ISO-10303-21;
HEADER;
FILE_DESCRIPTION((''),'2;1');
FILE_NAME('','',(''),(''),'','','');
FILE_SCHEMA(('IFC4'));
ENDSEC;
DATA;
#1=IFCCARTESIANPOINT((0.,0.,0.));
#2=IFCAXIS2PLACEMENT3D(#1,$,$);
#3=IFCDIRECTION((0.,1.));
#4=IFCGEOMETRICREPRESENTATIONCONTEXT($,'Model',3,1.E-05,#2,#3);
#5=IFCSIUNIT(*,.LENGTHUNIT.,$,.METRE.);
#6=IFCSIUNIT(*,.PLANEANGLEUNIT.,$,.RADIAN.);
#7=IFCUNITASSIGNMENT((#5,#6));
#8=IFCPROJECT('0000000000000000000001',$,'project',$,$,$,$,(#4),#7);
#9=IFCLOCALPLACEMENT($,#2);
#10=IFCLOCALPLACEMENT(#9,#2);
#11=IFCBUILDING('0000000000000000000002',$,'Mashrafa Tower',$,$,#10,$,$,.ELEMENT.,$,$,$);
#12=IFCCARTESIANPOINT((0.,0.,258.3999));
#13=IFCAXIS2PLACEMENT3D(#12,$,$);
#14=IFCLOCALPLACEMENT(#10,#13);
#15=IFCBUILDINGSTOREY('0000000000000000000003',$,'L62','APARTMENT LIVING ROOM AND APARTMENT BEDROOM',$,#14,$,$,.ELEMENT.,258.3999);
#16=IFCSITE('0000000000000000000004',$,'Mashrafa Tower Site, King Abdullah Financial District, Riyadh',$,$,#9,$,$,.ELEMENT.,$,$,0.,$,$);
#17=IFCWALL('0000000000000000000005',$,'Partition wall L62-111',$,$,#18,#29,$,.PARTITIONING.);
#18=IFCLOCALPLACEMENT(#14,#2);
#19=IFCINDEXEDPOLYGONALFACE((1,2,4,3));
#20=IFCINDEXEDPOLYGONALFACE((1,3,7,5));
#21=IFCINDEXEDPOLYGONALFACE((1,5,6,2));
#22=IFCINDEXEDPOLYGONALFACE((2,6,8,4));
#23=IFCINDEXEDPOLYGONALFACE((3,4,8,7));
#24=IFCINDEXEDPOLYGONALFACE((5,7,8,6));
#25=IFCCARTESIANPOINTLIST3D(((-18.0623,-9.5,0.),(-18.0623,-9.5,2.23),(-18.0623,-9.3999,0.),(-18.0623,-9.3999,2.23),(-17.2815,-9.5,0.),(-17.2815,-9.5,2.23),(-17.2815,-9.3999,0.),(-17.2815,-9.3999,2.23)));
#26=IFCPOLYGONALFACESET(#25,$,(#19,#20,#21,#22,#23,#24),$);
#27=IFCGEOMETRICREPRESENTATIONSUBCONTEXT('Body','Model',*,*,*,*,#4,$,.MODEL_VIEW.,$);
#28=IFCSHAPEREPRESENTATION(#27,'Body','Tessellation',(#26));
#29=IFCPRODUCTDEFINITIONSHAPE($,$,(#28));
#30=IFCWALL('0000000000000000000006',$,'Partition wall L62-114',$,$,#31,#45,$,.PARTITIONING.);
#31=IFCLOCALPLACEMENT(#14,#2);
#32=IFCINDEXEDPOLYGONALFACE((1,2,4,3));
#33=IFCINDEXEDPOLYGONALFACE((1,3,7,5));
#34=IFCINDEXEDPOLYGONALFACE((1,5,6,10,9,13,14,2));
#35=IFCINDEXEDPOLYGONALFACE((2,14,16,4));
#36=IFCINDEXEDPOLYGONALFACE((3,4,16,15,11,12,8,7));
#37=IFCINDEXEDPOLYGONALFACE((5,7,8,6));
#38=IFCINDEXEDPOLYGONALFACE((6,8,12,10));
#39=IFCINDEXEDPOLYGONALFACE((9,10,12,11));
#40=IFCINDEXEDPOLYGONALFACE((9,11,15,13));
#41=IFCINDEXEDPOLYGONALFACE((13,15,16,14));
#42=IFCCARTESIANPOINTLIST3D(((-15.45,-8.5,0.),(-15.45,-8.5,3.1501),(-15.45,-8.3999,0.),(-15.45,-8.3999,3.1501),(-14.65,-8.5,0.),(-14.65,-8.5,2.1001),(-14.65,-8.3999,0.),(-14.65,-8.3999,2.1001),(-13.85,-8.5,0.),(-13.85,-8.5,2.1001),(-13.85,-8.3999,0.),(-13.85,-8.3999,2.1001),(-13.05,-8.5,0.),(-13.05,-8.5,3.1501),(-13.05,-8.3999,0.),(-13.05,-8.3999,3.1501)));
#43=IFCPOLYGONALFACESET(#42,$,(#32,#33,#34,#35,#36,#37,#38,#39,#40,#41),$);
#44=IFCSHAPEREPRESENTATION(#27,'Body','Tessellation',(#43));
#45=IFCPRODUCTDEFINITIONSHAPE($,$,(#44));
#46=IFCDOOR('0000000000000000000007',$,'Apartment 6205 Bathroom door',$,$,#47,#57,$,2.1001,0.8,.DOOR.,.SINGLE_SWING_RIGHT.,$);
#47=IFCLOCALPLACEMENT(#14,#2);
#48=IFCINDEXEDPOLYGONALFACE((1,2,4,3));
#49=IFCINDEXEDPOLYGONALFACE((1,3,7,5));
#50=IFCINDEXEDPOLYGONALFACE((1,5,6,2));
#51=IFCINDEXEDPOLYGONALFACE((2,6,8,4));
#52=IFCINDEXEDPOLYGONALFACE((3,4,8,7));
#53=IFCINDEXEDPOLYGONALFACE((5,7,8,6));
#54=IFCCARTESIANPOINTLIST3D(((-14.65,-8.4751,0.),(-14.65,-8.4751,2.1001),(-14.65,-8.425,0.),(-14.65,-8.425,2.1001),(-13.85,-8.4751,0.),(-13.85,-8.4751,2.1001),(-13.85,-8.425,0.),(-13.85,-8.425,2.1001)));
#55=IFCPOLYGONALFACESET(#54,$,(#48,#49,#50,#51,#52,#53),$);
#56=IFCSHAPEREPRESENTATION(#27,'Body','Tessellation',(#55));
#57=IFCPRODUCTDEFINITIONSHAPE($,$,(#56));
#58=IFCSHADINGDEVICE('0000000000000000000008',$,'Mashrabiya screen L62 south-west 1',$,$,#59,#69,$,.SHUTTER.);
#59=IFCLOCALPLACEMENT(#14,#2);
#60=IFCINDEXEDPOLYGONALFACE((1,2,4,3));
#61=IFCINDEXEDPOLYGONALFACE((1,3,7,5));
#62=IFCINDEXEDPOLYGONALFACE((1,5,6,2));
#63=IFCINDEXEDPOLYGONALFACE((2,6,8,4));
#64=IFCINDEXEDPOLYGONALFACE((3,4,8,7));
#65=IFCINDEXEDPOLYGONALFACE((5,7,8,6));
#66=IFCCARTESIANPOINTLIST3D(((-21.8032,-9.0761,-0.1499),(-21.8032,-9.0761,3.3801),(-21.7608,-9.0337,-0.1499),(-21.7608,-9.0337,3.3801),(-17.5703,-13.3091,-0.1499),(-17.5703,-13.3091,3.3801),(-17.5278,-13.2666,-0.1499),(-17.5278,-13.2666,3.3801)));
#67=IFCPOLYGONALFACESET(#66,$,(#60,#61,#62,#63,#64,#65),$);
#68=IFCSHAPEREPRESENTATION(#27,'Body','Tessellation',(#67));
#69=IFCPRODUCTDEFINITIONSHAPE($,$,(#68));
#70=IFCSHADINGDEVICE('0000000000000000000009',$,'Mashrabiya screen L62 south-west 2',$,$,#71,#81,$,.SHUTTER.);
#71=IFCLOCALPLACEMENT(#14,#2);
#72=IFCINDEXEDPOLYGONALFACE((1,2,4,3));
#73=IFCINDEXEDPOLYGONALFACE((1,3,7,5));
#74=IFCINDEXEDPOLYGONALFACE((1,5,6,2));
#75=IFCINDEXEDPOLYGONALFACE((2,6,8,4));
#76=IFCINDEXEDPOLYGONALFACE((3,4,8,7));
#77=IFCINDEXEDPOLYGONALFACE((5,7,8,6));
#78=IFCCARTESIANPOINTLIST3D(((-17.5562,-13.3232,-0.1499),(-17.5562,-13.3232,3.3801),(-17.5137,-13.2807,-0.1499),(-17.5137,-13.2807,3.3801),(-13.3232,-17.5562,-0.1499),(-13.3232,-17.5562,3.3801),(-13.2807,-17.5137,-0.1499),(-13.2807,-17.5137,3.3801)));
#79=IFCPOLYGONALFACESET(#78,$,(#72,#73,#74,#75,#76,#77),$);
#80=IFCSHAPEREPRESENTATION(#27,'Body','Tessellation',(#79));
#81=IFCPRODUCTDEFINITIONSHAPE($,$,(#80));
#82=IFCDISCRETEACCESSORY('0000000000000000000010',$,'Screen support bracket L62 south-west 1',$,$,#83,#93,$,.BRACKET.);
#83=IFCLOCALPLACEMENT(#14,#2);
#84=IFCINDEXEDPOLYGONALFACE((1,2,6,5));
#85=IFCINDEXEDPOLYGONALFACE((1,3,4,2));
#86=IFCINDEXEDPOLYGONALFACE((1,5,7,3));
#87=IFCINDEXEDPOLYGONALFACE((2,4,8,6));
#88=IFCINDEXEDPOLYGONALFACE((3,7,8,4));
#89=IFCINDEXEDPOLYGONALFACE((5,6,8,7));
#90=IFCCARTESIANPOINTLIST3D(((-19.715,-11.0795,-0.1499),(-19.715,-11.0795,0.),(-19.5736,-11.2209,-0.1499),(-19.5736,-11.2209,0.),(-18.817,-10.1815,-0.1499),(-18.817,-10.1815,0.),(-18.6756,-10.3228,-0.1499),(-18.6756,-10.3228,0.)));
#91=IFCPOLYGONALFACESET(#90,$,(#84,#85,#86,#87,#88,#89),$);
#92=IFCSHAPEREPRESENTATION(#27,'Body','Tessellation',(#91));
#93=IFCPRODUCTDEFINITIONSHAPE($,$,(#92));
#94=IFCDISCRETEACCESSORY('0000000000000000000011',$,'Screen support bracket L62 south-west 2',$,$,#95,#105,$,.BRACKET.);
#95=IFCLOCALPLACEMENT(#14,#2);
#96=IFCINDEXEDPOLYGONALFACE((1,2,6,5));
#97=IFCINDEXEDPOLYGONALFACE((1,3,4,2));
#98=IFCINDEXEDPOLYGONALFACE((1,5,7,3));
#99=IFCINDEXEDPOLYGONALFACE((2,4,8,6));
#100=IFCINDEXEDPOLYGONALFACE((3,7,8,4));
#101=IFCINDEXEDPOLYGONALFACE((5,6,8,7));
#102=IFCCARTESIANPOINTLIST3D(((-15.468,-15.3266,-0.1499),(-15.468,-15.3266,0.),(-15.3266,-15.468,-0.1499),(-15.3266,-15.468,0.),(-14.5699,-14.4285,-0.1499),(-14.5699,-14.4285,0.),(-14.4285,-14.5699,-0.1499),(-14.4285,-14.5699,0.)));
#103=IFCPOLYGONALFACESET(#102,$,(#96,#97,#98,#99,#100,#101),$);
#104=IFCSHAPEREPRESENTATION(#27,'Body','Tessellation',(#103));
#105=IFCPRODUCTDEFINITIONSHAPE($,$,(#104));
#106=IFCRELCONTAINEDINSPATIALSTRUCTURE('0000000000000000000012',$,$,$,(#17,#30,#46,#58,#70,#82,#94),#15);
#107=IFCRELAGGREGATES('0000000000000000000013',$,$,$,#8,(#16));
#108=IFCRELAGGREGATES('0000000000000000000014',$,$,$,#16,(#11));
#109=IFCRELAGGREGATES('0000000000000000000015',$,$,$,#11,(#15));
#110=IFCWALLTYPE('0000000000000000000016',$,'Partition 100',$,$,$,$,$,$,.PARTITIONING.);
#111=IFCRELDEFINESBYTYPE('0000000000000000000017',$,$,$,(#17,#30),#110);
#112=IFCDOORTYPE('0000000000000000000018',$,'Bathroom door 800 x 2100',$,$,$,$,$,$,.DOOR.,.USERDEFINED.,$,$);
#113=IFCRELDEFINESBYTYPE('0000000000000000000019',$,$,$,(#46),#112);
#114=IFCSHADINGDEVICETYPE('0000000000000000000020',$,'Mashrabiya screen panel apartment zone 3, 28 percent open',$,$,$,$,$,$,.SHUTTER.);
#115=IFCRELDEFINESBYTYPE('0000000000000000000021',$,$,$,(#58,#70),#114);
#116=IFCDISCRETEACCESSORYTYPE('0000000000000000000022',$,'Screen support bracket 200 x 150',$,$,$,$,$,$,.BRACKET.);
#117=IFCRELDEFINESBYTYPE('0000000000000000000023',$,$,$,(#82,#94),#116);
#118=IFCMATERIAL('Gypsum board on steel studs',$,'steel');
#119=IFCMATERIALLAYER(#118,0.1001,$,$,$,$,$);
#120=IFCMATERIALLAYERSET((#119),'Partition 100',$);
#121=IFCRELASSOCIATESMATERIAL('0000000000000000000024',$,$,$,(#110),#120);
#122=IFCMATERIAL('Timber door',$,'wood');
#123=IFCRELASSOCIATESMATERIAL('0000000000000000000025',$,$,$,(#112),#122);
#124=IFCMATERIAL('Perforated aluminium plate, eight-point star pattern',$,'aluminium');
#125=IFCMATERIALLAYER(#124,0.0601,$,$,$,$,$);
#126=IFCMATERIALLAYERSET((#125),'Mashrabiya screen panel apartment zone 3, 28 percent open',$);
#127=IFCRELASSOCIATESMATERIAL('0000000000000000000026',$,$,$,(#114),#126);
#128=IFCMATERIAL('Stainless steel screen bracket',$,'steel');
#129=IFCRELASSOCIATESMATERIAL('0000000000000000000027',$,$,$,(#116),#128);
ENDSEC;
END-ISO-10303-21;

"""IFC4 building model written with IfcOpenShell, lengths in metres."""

from ifc_helpers import new_model, si_unit, direction, frame, frame_2d, origin, origin_2d, place, context, subcontext, project, spatial, rectangle, extrude, source, transform, mapped, material, layer, layer_set, type_object, type_shapes, element, fill, save


model = new_model("IFC4")

# Units and contexts
model_context = context("Model", 3, precision=1e-05, world=origin(), true_north=direction((0.0, 1.0)))
body_context = subcontext(model_context, "Body", "Model", "MODEL_VIEW")
ifc_project = project(units=[si_unit("LENGTHUNIT", "METRE"), si_unit("PLANEANGLEUNIT", "RADIAN")], contexts=[model_context])

# Site, building, storey
site_placement = place(None, origin())
site = spatial("IfcSite", under=ifc_project, at=site_placement, Name="Mashrafa Tower Site, King Abdullah Financial District, Riyadh", CompositionType="ELEMENT", RefElevation=0.0)
building_placement = place(site_placement, origin())
building = spatial("IfcBuilding", under=site, at=building_placement, Name="Mashrafa Tower", CompositionType="ELEMENT")
storey_placement = place(building_placement, frame((0.0, 0.0, 258.3999)))
storey = spatial("IfcBuildingStorey", under=building, at=storey_placement, Name="L62", Description="APARTMENT LIVING ROOM AND APARTMENT BEDROOM", CompositionType="ELEMENT", Elevation=258.3999)

# Shared definitions
ifc_material_1 = material(Name="Gypsum board on steel studs", Category="steel")
ifc_layer_1 = layer(ifc_material_1, 0.1001)
ifc_layer_set_1 = layer_set([ifc_layer_1], Name="Partition 100")
wall_type_1 = type_object("IfcWallType", Name="Partition 100", PredefinedType="PARTITIONING", material=ifc_layer_set_1)

# Wall
wall_1_placement = place(storey_placement, frame((-17.2815, -9.45, 0.0), z_axis=(0.0, 0.0, 1.0), x_axis=(-1.0, 0.0, 0.0)))
element("IfcWall", 1, at=wall_1_placement, inside=storey, type_object=wall_type_1, Name="Partition wall L62-111", PredefinedType="PARTITIONING", context=body_context, shape_type="SweptSolid", body=[
    extrude(rectangle(XDim=0.7808, YDim=0.1001, at=frame_2d((0.3904, 0.0))), origin(), (0.0, 0.0, 1.0), 2.23),
])

# Wall, opening, door
wall_2_placement = place(storey_placement, frame((-15.45, -8.45, 0.0), z_axis=(0.0, 0.0, 1.0), x_axis=(1.0, 0.0, 0.0)))
wall_2 = element("IfcWall", 2, at=wall_2_placement, inside=storey, type_object=wall_type_1, Name="Partition wall L62-114", PredefinedType="PARTITIONING", context=body_context, shape_type="SweptSolid", body=[
    extrude(rectangle(XDim=2.3999, YDim=0.1001, at=frame_2d((1.2, 0.0))), origin(), (0.0, 0.0, 1.0), 3.1501),
])
opening_1_placement = place(wall_2_placement, frame((0.8, 0.0, 0.0)))
opening_1 = element("IfcOpeningElement", 3, at=opening_1_placement, cuts=wall_2, PredefinedType="OPENING", context=body_context, shape_type="SweptSolid", body=[
    extrude(rectangle(XDim=0.8, YDim=2.1001, at=frame_2d((0.3999, 1.05))), frame((0.0, 0.0601, 0.0), z_axis=(0.0, -1.0, 0.0), x_axis=(1.0, 0.0, 0.0)), (0.0, 0.0, 1.0), 0.1201),
])
ifc_material_2 = material(Name="Timber door", Category="wood")
door_type_1 = type_object("IfcDoorType", Name="Bathroom door 800 x 2100", OperationType="USERDEFINED", PredefinedType="DOOR", material=ifc_material_2)
door_1_placement = place(opening_1_placement, origin())
door_1 = element("IfcDoor", 4, at=door_1_placement, inside=storey, type_object=door_type_1, Name="Apartment 6205 Bathroom door", OperationType="SINGLE_SWING_RIGHT", OverallHeight=2.1001, OverallWidth=0.8, PredefinedType="DOOR", context=body_context, shape_type="SweptSolid", body=[
    extrude(rectangle(XDim=0.8, YDim=2.1001, at=frame_2d((0.3999, 1.05))), frame((0.0, 0.0249, 0.0), z_axis=(0.0, -1.0, 0.0), x_axis=(1.0, 0.0, 0.0)), (0.0, 0.0, 1.0), 0.05),
])
fill(opening_1, door_1)

# Shading devices
ifc_material_3 = material(Name="Perforated aluminium plate, eight-point star pattern", Category="aluminium")
ifc_layer_2 = layer(ifc_material_3, 0.0601)
ifc_layer_set_2 = layer_set([ifc_layer_2], Name="Mashrabiya screen panel apartment zone 3, 28 percent open")
shading_device_type = type_object("IfcShadingDeviceType", Name="Mashrabiya screen panel apartment zone 3, 28 percent open", PredefinedType="SHUTTER", material=ifc_layer_set_2)
shared_shape_1 = source(origin(), body_context, "Body", "SweptSolid", [
    extrude(rectangle(XDim=5.9863, YDim=0.0601, at=origin_2d()), origin(), (0.0, 0.0, 1.0), 3.53),
])
type_shapes(shading_device_type, [shared_shape_1])
for number, where, z_axis, x_axis, name in (
    (5, (-19.6655, -11.1714, -0.1499), (0.0, 0.0, 1.0), (0.707107, -0.707107, 0.0), "Mashrabiya screen L62 south-west 1"),
    (6, (-15.4185, -15.4185, -0.1499), (0.0, 0.0, 1.0), (0.707107, -0.707107, 0.0), "Mashrabiya screen L62 south-west 2"),
):
    element("IfcShadingDevice", number, at=place(storey_placement, frame(where, z_axis=z_axis, x_axis=x_axis)), inside=storey, type_object=shading_device_type, Name=name, PredefinedType="SHUTTER", context=body_context, shape_type="MappedRepresentation", body=[
        mapped(shared_shape_1, transform((0.0, 0.0, 0.0))),
    ])

# Discrete accessories
ifc_material_4 = material(Name="Stainless steel screen bracket", Category="steel")
discrete_accessory_type = type_object("IfcDiscreteAccessoryType", Name="Screen support bracket 200 x 150", PredefinedType="BRACKET", material=ifc_material_4)
shared_shape_2 = source(origin(), body_context, "Body", "SweptSolid", [
    extrude(rectangle(XDim=0.2, YDim=1.27, at=origin_2d()), origin(), (0.0, 0.0, 1.0), 0.1499),
])
type_shapes(discrete_accessory_type, [shared_shape_2])
for number, where, z_axis, x_axis, name in (
    (7, (-19.1953, -10.7012, -0.1499), (0.0, 0.0, 1.0), (0.707107, -0.707107, 0.0), "Screen support bracket L62 south-west 1"),
    (8, (-14.9482, -14.9482, -0.1499), (0.0, 0.0, 1.0), (0.707107, -0.707107, 0.0), "Screen support bracket L62 south-west 2"),
):
    element("IfcDiscreteAccessory", number, at=place(storey_placement, frame(where, z_axis=z_axis, x_axis=x_axis)), inside=storey, type_object=discrete_accessory_type, Name=name, PredefinedType="BRACKET", context=body_context, shape_type="MappedRepresentation", body=[
        mapped(shared_shape_2, transform((0.0, 0.0, 0.0))),
    ])

save(model, "model.ifc")
